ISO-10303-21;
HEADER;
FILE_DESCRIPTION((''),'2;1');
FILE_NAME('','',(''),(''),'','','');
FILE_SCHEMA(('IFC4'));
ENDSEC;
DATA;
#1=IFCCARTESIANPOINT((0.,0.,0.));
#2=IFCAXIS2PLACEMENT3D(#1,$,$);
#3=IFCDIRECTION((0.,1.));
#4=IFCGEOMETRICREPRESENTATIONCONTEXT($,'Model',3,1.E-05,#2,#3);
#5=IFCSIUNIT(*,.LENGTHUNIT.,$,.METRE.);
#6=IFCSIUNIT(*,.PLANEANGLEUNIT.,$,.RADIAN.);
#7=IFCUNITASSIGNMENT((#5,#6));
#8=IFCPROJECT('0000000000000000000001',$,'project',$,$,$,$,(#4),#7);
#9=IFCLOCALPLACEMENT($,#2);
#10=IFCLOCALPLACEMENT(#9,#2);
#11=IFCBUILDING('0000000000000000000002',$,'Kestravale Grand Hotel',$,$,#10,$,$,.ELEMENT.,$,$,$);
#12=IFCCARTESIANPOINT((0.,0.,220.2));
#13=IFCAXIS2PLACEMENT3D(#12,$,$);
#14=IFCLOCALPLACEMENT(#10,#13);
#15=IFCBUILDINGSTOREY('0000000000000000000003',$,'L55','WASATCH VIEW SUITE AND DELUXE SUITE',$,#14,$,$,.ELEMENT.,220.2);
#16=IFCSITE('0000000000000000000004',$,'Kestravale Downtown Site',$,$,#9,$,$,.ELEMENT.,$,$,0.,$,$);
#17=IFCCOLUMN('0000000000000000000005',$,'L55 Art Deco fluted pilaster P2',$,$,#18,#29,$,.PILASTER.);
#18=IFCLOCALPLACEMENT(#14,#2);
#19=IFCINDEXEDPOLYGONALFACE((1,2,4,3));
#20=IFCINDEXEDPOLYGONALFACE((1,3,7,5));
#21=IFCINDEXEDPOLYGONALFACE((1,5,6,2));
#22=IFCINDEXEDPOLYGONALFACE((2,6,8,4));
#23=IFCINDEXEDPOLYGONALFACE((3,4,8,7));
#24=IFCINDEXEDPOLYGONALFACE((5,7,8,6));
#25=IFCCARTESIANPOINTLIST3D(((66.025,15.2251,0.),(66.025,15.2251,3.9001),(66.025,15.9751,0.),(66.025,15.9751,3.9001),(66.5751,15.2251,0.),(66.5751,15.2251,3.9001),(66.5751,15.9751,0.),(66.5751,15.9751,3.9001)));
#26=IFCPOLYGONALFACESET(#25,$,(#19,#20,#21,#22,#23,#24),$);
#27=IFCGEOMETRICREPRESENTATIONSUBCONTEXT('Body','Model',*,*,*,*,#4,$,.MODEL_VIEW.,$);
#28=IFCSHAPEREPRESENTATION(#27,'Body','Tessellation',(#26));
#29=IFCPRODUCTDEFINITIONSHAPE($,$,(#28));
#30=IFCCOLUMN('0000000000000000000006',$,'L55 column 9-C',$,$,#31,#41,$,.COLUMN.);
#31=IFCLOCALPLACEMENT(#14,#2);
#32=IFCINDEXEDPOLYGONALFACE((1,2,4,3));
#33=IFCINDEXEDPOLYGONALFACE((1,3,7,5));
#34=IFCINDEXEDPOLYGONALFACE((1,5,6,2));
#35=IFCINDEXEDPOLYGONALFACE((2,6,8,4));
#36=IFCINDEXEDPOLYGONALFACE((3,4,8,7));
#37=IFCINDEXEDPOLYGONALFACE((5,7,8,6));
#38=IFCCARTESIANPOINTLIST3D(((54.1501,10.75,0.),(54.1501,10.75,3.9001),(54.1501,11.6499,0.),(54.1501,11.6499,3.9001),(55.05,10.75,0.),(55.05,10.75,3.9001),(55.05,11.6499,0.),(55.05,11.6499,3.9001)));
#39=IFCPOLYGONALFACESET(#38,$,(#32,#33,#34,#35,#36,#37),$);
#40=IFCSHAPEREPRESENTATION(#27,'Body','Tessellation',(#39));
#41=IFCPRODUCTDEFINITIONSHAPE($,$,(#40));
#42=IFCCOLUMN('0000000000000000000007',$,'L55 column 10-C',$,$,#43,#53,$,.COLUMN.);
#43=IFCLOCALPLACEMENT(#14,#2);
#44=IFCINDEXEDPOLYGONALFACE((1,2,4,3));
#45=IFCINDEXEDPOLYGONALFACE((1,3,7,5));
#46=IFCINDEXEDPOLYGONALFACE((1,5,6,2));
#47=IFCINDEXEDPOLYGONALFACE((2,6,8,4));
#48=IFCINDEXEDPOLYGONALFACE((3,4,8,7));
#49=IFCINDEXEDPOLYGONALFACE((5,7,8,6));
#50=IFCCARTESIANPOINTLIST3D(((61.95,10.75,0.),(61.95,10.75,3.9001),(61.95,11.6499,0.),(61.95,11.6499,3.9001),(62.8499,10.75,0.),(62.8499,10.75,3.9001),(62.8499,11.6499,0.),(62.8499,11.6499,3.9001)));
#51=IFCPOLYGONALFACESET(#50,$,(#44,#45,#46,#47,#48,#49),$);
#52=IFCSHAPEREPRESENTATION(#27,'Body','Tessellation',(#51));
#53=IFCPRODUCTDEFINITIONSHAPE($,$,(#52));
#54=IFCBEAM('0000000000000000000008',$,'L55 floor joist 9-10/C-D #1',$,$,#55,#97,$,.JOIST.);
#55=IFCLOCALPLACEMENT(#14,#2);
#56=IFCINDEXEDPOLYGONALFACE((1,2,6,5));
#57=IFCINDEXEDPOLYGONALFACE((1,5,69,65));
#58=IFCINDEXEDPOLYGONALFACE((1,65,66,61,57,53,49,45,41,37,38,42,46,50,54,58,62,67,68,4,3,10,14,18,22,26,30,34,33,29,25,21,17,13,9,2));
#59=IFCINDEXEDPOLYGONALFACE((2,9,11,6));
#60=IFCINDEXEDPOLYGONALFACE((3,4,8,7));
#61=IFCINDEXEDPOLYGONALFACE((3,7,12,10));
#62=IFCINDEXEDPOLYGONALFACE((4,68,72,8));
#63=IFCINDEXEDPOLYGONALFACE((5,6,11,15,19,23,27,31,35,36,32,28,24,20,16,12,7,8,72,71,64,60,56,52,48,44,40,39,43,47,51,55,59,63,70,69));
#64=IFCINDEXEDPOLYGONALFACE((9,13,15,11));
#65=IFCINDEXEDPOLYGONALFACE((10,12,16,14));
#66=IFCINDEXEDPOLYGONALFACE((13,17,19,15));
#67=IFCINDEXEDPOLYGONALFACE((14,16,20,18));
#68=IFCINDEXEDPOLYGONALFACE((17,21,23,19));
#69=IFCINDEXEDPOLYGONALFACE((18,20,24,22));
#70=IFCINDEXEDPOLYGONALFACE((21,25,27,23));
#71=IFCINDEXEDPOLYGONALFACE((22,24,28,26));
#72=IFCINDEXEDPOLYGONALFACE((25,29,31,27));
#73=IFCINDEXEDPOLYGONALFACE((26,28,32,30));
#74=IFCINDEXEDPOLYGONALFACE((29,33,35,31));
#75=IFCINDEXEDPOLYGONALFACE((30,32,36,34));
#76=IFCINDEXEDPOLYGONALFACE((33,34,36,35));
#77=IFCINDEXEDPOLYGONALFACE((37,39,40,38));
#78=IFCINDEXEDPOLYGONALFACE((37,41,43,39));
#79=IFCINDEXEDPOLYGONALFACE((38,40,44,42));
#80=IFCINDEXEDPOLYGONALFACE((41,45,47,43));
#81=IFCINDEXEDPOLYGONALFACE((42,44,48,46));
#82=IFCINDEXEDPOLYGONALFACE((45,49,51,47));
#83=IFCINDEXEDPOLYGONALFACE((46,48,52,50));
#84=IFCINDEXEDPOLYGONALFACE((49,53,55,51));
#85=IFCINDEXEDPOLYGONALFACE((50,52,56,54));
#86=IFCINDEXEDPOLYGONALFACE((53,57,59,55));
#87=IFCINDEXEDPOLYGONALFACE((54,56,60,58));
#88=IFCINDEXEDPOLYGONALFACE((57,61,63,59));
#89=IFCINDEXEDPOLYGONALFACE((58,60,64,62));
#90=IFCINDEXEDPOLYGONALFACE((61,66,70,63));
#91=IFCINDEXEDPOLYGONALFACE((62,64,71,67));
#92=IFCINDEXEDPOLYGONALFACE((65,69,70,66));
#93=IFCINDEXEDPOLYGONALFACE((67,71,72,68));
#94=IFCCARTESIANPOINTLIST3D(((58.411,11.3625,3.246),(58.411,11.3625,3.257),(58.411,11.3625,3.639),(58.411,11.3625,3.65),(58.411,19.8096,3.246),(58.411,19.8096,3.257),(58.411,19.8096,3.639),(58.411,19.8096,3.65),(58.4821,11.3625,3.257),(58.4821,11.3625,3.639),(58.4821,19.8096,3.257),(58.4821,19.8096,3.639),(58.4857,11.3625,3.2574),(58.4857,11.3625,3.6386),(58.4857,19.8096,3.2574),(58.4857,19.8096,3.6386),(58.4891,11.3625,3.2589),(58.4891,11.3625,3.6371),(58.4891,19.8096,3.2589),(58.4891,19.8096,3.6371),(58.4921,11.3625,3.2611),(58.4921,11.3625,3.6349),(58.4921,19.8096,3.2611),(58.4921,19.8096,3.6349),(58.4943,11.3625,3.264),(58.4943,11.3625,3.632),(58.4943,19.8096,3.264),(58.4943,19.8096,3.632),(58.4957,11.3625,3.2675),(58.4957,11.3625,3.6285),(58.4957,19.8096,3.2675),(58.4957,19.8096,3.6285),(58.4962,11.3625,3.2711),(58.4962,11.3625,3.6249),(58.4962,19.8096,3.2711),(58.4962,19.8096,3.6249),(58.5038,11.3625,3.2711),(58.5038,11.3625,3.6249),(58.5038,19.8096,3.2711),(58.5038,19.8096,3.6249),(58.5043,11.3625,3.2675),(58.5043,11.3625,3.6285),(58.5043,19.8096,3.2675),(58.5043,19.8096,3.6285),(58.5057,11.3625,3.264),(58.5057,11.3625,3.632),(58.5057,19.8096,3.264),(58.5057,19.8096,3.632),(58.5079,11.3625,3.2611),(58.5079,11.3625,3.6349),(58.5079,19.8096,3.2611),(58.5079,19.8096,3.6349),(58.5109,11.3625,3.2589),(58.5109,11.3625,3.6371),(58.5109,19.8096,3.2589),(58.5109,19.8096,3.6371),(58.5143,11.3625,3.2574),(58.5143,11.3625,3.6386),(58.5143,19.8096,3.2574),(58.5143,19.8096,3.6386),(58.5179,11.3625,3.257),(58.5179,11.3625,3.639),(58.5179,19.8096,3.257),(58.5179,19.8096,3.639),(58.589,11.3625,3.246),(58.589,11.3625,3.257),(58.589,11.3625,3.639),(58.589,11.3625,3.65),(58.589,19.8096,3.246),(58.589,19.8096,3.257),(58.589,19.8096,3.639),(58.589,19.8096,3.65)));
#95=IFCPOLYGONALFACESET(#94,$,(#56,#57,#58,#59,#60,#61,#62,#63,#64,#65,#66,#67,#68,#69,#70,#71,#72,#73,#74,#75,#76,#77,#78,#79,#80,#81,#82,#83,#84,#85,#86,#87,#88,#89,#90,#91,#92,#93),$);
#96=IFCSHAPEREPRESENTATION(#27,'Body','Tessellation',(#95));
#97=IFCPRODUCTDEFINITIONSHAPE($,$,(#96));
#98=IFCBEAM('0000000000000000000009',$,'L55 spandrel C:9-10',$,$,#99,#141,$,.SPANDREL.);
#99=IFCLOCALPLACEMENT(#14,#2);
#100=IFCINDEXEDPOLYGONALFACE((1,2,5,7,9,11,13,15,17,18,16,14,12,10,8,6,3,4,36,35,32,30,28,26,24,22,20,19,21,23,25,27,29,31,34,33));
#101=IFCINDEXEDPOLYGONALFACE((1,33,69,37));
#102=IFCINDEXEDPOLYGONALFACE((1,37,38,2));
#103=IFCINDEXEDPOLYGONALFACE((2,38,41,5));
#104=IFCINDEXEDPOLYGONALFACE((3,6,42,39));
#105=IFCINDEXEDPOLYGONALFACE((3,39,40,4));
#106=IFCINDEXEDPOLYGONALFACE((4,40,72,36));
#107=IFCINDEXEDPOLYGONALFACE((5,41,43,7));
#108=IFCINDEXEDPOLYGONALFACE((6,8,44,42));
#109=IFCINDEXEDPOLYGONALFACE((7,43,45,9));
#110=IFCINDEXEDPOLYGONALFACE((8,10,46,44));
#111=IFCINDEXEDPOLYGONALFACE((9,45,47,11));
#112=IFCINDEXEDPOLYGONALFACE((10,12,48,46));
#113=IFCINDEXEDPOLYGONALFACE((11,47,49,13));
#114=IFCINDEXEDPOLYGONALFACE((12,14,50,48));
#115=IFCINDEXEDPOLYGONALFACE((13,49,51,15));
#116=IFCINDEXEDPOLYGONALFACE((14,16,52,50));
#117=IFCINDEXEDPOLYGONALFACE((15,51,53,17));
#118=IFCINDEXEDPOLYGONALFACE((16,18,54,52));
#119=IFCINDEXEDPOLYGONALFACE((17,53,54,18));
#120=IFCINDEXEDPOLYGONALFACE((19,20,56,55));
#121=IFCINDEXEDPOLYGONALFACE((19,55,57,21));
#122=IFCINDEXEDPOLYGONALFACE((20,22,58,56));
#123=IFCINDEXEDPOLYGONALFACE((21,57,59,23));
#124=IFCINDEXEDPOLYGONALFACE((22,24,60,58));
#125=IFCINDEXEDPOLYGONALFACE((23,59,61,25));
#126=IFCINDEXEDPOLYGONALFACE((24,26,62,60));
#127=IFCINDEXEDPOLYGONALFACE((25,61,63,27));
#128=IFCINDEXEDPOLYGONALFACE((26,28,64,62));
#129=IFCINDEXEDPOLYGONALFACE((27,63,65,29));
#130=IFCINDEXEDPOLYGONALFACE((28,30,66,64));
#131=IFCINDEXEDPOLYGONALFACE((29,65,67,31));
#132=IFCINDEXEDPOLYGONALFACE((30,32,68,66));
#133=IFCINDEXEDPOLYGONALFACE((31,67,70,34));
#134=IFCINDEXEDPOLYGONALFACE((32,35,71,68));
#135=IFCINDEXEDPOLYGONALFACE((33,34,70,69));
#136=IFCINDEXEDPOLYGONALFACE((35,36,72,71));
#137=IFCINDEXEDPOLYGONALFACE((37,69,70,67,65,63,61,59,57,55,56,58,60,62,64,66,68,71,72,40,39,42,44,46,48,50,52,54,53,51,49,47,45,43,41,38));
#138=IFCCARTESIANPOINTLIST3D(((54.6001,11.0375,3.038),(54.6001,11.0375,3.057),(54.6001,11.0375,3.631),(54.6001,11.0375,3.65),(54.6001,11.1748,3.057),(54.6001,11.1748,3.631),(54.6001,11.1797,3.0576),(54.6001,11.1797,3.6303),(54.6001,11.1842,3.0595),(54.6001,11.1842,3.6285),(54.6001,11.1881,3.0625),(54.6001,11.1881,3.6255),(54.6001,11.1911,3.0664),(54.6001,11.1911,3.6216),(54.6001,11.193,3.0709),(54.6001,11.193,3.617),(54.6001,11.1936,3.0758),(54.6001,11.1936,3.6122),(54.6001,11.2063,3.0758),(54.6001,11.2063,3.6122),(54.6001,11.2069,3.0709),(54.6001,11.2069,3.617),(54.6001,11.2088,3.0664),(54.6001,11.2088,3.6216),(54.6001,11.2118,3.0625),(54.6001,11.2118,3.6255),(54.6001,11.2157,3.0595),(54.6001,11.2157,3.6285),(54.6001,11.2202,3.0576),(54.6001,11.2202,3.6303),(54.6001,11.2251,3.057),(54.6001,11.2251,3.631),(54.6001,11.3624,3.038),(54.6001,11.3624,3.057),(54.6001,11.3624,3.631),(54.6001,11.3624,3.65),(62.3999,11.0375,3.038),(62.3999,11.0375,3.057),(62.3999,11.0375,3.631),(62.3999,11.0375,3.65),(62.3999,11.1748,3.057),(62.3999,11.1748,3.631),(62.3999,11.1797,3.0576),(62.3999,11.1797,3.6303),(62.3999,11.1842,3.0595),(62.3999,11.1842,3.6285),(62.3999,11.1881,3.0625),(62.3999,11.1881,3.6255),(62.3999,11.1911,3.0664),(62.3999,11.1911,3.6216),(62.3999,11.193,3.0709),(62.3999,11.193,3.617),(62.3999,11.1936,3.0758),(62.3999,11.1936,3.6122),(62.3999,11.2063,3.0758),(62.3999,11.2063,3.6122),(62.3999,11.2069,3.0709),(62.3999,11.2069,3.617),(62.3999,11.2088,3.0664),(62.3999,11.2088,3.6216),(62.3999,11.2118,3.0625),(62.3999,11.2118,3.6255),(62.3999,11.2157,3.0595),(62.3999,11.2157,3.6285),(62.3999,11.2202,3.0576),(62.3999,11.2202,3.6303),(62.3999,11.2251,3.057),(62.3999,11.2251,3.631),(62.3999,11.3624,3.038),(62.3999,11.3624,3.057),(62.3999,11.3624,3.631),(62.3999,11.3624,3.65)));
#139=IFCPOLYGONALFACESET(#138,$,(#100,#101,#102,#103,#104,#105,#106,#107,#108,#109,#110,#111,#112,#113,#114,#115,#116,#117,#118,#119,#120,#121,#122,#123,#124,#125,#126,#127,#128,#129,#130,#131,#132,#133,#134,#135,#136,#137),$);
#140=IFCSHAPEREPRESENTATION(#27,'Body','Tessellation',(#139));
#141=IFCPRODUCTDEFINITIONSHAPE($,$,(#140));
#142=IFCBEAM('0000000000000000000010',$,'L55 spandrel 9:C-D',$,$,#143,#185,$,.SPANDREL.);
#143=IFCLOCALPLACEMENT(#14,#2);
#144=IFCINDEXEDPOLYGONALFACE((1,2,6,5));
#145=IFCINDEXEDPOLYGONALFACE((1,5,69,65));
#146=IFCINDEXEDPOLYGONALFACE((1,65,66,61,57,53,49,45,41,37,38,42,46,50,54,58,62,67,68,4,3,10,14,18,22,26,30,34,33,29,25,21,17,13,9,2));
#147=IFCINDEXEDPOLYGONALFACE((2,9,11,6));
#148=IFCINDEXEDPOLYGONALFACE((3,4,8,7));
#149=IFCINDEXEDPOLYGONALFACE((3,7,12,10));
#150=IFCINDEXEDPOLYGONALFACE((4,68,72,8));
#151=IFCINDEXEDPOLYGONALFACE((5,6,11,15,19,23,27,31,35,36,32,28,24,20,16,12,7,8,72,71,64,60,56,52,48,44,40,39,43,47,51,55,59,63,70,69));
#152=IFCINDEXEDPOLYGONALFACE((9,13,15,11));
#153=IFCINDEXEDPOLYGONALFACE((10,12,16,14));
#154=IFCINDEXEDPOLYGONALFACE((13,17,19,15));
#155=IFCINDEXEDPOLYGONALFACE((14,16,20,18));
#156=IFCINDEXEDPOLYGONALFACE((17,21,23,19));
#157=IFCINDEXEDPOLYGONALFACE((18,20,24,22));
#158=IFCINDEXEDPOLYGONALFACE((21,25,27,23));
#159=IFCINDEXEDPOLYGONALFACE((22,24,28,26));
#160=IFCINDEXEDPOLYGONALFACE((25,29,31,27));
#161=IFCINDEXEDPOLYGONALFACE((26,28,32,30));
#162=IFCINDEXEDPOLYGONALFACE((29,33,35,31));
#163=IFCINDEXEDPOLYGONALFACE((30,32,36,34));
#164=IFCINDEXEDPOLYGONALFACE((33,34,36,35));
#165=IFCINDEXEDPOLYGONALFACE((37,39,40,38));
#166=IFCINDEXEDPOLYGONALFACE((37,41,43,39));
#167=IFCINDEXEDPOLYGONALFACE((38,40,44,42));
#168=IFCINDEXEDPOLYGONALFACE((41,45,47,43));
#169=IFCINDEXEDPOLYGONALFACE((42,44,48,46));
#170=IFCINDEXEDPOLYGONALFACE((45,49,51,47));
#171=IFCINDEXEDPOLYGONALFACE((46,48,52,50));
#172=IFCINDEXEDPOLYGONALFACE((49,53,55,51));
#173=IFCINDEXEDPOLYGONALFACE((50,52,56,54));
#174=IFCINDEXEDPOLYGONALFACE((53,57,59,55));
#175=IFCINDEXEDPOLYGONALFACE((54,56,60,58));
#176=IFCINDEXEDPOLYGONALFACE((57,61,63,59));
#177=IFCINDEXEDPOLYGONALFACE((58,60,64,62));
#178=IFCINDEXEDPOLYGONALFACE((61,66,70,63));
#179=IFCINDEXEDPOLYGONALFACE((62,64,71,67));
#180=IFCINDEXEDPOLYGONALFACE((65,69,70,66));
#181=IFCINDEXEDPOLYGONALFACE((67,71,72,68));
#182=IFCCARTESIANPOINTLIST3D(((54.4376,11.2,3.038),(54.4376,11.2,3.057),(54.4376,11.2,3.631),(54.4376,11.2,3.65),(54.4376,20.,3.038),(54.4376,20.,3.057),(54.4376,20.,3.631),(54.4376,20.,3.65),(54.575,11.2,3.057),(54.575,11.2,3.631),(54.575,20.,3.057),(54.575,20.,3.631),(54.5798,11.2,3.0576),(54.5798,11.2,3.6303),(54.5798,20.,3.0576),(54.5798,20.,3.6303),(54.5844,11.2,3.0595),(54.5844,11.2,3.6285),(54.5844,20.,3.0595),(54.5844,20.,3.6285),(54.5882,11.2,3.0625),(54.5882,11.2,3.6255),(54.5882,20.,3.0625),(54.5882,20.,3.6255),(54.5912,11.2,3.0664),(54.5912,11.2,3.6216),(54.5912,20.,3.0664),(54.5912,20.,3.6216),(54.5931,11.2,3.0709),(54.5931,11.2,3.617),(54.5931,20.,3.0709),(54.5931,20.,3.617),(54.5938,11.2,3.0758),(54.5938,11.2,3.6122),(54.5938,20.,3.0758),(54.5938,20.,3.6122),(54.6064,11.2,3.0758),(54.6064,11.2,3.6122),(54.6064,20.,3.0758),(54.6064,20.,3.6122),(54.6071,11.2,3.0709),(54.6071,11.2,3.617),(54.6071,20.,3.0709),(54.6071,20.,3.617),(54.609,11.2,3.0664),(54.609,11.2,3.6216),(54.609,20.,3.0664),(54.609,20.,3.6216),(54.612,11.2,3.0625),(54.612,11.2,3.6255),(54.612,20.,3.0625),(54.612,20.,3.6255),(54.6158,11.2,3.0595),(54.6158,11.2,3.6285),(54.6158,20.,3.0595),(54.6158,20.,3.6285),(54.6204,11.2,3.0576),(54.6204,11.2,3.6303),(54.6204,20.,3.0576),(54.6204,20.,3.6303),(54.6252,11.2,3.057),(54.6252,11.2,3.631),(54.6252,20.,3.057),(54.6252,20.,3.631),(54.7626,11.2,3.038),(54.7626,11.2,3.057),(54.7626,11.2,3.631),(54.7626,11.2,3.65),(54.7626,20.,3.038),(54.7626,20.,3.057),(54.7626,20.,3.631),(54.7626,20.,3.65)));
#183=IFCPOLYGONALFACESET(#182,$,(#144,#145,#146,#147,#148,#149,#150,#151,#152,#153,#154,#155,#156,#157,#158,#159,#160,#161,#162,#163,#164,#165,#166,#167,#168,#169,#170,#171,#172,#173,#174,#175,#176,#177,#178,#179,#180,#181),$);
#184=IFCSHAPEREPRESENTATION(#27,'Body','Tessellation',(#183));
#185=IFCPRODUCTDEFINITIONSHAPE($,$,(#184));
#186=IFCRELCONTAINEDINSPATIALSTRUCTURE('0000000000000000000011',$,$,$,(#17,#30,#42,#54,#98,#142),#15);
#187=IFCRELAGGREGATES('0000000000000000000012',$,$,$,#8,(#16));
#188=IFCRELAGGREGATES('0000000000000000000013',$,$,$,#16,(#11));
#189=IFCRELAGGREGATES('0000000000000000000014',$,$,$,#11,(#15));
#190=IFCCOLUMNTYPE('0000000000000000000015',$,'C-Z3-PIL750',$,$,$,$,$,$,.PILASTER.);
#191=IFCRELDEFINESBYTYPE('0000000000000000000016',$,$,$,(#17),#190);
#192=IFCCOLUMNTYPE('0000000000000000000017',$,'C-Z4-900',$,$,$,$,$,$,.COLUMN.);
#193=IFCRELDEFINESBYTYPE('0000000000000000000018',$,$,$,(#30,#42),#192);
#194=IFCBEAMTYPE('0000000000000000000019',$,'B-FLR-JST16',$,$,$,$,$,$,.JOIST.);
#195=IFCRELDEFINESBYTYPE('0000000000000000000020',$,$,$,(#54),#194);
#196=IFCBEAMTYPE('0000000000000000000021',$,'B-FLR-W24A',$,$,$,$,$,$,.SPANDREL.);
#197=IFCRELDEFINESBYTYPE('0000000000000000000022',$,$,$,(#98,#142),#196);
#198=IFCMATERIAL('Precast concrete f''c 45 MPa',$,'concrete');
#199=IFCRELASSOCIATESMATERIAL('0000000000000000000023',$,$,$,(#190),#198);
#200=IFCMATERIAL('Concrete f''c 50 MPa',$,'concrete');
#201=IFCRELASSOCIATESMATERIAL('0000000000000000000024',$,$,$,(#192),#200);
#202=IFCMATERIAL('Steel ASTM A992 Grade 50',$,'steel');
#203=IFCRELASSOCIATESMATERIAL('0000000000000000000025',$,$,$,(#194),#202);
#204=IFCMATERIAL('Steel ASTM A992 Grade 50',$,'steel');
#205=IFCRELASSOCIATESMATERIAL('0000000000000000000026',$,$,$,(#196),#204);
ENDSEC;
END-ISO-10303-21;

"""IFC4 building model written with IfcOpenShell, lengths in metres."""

from ifc_helpers import new_model, si_unit, direction, frame, origin, origin_2d, place, context, subcontext, project, spatial, rectangle, i_section, extrude, material, material_profile, profile_set, type_object, element, save


model = new_model("IFC4")

# Units and contexts
model_context = context("Model", 3, precision=1e-05, world=origin(), true_north=direction((0.0, 1.0)))
body_context = subcontext(model_context, "Body", "Model", "MODEL_VIEW")
ifc_project = project(units=[si_unit("LENGTHUNIT", "METRE"), si_unit("PLANEANGLEUNIT", "RADIAN")], contexts=[model_context])

# Site, building, storey
site_placement = place(None, origin())
site = spatial("IfcSite", under=ifc_project, at=site_placement, Name="Kestravale Downtown Site", CompositionType="ELEMENT", RefElevation=0.0)
building_placement = place(site_placement, origin())
building = spatial("IfcBuilding", under=site, at=building_placement, Name="Kestravale Grand Hotel", CompositionType="ELEMENT")
storey_placement = place(building_placement, frame((0.0, 0.0, 220.2)))
storey = spatial("IfcBuildingStorey", under=building, at=storey_placement, Name="L55", Description="WASATCH VIEW SUITE AND DELUXE SUITE", CompositionType="ELEMENT", Elevation=220.2)

# Columns
ifc_material_1 = material(Name="Precast concrete f'c 45 MPa", Category="concrete")
ifc_material_profile_1 = material_profile(ifc_material_1, rectangle(XDim=0.55, YDim=0.75, at=origin_2d()))
ifc_profile_set_1 = profile_set([ifc_material_profile_1], Name="Precast concrete f'c 45 MPa")
column_type_1 = type_object("IfcColumnType", Name="C-Z3-PIL750", PredefinedType="PILASTER", material=ifc_profile_set_1)
column_placement = place(storey_placement, frame((66.3, 15.6001, 0.0), z_axis=(0.0, 0.0, 1.0), x_axis=(1.0, 0.0, 0.0)))
element("IfcColumn", 1, at=column_placement, inside=storey, type_object=column_type_1, Name="L55 Art Deco fluted pilaster P2", PredefinedType="PILASTER", context=body_context, shape_type="SweptSolid", body=[
    extrude(rectangle(XDim=0.55, YDim=0.75, at=origin_2d()), origin(), (0.0, 0.0, 1.0), 3.9001),
])
ifc_material_2 = material(Name="Concrete f'c 50 MPa", Category="concrete")
ifc_material_profile_2 = material_profile(ifc_material_2, rectangle(XDim=0.8999, YDim=0.8999, at=origin_2d()))
ifc_profile_set_2 = profile_set([ifc_material_profile_2], Name="Concrete f'c 50 MPa")
column_type_2 = type_object("IfcColumnType", Name="C-Z4-900", PredefinedType="COLUMN", material=ifc_profile_set_2)
for number, where, z_axis, x_axis, name in (
    (2, (54.6001, 11.2, 0.0), (0.0, 0.0, 1.0), (1.0, 0.0, 0.0), "L55 column 9-C"),
    (3, (62.3999, 11.2, 0.0), (0.0, 0.0, 1.0), (1.0, 0.0, 0.0), "L55 column 10-C"),
):
    element("IfcColumn", number, at=place(storey_placement, frame(where, z_axis=z_axis, x_axis=x_axis)), inside=storey, type_object=column_type_2, Name=name, PredefinedType="COLUMN", context=body_context, shape_type="SweptSolid", body=[
        extrude(rectangle(XDim=0.8999, YDim=0.8999, at=origin_2d()), origin(), (0.0, 0.0, 1.0), 3.9001),
    ])

# Beams
ifc_material_3 = material(Name="Steel ASTM A992 Grade 50", Category="steel")
ifc_material_profile_3 = material_profile(ifc_material_3, i_section(OverallWidth=0.178, OverallDepth=0.4041, WebThickness=0.0076, FlangeThickness=0.011, FilletRadius=0.0142, at=origin_2d()))
ifc_profile_set_3 = profile_set([ifc_material_profile_3], Name="Steel ASTM A992 Grade 50")
beam_type_1 = type_object("IfcBeamType", Name="B-FLR-JST16", PredefinedType="JOIST", material=ifc_profile_set_3)
beam_1_placement = place(storey_placement, frame((58.5, 11.3625, 3.448), z_axis=(0.0, 1.0, 0.0), x_axis=(-1.0, 0.0, 0.0)))
element("IfcBeam", 4, at=beam_1_placement, inside=storey, type_object=beam_type_1, Name="L55 floor joist 9-10/C-D #1", PredefinedType="JOIST", context=body_context, shape_type="SweptSolid", body=[
    extrude(i_section(OverallWidth=0.178, OverallDepth=0.4041, WebThickness=0.0076, FlangeThickness=0.011, FilletRadius=0.0142, at=origin_2d()), origin(), (0.0, 0.0, 1.0), 8.447),
])
ifc_material_4 = material(Name="Steel ASTM A992 Grade 50", Category="steel")
ifc_material_profile_4 = material_profile(ifc_material_4, i_section(OverallWidth=0.325, OverallDepth=0.6121, WebThickness=0.0127, FlangeThickness=0.019, FilletRadius=0.0188, at=origin_2d()))
ifc_profile_set_4 = profile_set([ifc_material_profile_4], Name="Steel ASTM A992 Grade 50")
beam_type_2 = type_object("IfcBeamType", Name="B-FLR-W24A", PredefinedType="SPANDREL", material=ifc_profile_set_4)
beam_2_placement = place(storey_placement, frame((54.6001, 11.2, 3.344), z_axis=(1.0, 0.0, 0.0), x_axis=(0.0, 1.0, 0.0)))
element("IfcBeam", 5, at=beam_2_placement, inside=storey, type_object=beam_type_2, Name="L55 spandrel C:9-10", PredefinedType="SPANDREL", context=body_context, shape_type="SweptSolid", body=[
    extrude(i_section(OverallWidth=0.325, OverallDepth=0.6121, WebThickness=0.0127, FlangeThickness=0.019, FilletRadius=0.0188, at=origin_2d()), origin(), (0.0, 0.0, 1.0), 7.7998),
])
for number, where, z_axis, x_axis, name in (
    (6, (54.6001, 11.2, 3.344), (0.0, 1.0, 0.0), (-1.0, 0.0, 0.0), "L55 spandrel 9:C-D"),
):
    element("IfcBeam", number, at=place(storey_placement, frame(where, z_axis=z_axis, x_axis=x_axis)), inside=storey, type_object=beam_type_2, Name=name, PredefinedType="SPANDREL", context=body_context, shape_type="SweptSolid", body=[
        extrude(i_section(OverallWidth=0.325, OverallDepth=0.6121, WebThickness=0.0127, FlangeThickness=0.019, FilletRadius=0.0188, at=origin_2d()), origin(), (0.0, 0.0, 1.0), 8.8),
    ])

save(model, "model.ifc")
